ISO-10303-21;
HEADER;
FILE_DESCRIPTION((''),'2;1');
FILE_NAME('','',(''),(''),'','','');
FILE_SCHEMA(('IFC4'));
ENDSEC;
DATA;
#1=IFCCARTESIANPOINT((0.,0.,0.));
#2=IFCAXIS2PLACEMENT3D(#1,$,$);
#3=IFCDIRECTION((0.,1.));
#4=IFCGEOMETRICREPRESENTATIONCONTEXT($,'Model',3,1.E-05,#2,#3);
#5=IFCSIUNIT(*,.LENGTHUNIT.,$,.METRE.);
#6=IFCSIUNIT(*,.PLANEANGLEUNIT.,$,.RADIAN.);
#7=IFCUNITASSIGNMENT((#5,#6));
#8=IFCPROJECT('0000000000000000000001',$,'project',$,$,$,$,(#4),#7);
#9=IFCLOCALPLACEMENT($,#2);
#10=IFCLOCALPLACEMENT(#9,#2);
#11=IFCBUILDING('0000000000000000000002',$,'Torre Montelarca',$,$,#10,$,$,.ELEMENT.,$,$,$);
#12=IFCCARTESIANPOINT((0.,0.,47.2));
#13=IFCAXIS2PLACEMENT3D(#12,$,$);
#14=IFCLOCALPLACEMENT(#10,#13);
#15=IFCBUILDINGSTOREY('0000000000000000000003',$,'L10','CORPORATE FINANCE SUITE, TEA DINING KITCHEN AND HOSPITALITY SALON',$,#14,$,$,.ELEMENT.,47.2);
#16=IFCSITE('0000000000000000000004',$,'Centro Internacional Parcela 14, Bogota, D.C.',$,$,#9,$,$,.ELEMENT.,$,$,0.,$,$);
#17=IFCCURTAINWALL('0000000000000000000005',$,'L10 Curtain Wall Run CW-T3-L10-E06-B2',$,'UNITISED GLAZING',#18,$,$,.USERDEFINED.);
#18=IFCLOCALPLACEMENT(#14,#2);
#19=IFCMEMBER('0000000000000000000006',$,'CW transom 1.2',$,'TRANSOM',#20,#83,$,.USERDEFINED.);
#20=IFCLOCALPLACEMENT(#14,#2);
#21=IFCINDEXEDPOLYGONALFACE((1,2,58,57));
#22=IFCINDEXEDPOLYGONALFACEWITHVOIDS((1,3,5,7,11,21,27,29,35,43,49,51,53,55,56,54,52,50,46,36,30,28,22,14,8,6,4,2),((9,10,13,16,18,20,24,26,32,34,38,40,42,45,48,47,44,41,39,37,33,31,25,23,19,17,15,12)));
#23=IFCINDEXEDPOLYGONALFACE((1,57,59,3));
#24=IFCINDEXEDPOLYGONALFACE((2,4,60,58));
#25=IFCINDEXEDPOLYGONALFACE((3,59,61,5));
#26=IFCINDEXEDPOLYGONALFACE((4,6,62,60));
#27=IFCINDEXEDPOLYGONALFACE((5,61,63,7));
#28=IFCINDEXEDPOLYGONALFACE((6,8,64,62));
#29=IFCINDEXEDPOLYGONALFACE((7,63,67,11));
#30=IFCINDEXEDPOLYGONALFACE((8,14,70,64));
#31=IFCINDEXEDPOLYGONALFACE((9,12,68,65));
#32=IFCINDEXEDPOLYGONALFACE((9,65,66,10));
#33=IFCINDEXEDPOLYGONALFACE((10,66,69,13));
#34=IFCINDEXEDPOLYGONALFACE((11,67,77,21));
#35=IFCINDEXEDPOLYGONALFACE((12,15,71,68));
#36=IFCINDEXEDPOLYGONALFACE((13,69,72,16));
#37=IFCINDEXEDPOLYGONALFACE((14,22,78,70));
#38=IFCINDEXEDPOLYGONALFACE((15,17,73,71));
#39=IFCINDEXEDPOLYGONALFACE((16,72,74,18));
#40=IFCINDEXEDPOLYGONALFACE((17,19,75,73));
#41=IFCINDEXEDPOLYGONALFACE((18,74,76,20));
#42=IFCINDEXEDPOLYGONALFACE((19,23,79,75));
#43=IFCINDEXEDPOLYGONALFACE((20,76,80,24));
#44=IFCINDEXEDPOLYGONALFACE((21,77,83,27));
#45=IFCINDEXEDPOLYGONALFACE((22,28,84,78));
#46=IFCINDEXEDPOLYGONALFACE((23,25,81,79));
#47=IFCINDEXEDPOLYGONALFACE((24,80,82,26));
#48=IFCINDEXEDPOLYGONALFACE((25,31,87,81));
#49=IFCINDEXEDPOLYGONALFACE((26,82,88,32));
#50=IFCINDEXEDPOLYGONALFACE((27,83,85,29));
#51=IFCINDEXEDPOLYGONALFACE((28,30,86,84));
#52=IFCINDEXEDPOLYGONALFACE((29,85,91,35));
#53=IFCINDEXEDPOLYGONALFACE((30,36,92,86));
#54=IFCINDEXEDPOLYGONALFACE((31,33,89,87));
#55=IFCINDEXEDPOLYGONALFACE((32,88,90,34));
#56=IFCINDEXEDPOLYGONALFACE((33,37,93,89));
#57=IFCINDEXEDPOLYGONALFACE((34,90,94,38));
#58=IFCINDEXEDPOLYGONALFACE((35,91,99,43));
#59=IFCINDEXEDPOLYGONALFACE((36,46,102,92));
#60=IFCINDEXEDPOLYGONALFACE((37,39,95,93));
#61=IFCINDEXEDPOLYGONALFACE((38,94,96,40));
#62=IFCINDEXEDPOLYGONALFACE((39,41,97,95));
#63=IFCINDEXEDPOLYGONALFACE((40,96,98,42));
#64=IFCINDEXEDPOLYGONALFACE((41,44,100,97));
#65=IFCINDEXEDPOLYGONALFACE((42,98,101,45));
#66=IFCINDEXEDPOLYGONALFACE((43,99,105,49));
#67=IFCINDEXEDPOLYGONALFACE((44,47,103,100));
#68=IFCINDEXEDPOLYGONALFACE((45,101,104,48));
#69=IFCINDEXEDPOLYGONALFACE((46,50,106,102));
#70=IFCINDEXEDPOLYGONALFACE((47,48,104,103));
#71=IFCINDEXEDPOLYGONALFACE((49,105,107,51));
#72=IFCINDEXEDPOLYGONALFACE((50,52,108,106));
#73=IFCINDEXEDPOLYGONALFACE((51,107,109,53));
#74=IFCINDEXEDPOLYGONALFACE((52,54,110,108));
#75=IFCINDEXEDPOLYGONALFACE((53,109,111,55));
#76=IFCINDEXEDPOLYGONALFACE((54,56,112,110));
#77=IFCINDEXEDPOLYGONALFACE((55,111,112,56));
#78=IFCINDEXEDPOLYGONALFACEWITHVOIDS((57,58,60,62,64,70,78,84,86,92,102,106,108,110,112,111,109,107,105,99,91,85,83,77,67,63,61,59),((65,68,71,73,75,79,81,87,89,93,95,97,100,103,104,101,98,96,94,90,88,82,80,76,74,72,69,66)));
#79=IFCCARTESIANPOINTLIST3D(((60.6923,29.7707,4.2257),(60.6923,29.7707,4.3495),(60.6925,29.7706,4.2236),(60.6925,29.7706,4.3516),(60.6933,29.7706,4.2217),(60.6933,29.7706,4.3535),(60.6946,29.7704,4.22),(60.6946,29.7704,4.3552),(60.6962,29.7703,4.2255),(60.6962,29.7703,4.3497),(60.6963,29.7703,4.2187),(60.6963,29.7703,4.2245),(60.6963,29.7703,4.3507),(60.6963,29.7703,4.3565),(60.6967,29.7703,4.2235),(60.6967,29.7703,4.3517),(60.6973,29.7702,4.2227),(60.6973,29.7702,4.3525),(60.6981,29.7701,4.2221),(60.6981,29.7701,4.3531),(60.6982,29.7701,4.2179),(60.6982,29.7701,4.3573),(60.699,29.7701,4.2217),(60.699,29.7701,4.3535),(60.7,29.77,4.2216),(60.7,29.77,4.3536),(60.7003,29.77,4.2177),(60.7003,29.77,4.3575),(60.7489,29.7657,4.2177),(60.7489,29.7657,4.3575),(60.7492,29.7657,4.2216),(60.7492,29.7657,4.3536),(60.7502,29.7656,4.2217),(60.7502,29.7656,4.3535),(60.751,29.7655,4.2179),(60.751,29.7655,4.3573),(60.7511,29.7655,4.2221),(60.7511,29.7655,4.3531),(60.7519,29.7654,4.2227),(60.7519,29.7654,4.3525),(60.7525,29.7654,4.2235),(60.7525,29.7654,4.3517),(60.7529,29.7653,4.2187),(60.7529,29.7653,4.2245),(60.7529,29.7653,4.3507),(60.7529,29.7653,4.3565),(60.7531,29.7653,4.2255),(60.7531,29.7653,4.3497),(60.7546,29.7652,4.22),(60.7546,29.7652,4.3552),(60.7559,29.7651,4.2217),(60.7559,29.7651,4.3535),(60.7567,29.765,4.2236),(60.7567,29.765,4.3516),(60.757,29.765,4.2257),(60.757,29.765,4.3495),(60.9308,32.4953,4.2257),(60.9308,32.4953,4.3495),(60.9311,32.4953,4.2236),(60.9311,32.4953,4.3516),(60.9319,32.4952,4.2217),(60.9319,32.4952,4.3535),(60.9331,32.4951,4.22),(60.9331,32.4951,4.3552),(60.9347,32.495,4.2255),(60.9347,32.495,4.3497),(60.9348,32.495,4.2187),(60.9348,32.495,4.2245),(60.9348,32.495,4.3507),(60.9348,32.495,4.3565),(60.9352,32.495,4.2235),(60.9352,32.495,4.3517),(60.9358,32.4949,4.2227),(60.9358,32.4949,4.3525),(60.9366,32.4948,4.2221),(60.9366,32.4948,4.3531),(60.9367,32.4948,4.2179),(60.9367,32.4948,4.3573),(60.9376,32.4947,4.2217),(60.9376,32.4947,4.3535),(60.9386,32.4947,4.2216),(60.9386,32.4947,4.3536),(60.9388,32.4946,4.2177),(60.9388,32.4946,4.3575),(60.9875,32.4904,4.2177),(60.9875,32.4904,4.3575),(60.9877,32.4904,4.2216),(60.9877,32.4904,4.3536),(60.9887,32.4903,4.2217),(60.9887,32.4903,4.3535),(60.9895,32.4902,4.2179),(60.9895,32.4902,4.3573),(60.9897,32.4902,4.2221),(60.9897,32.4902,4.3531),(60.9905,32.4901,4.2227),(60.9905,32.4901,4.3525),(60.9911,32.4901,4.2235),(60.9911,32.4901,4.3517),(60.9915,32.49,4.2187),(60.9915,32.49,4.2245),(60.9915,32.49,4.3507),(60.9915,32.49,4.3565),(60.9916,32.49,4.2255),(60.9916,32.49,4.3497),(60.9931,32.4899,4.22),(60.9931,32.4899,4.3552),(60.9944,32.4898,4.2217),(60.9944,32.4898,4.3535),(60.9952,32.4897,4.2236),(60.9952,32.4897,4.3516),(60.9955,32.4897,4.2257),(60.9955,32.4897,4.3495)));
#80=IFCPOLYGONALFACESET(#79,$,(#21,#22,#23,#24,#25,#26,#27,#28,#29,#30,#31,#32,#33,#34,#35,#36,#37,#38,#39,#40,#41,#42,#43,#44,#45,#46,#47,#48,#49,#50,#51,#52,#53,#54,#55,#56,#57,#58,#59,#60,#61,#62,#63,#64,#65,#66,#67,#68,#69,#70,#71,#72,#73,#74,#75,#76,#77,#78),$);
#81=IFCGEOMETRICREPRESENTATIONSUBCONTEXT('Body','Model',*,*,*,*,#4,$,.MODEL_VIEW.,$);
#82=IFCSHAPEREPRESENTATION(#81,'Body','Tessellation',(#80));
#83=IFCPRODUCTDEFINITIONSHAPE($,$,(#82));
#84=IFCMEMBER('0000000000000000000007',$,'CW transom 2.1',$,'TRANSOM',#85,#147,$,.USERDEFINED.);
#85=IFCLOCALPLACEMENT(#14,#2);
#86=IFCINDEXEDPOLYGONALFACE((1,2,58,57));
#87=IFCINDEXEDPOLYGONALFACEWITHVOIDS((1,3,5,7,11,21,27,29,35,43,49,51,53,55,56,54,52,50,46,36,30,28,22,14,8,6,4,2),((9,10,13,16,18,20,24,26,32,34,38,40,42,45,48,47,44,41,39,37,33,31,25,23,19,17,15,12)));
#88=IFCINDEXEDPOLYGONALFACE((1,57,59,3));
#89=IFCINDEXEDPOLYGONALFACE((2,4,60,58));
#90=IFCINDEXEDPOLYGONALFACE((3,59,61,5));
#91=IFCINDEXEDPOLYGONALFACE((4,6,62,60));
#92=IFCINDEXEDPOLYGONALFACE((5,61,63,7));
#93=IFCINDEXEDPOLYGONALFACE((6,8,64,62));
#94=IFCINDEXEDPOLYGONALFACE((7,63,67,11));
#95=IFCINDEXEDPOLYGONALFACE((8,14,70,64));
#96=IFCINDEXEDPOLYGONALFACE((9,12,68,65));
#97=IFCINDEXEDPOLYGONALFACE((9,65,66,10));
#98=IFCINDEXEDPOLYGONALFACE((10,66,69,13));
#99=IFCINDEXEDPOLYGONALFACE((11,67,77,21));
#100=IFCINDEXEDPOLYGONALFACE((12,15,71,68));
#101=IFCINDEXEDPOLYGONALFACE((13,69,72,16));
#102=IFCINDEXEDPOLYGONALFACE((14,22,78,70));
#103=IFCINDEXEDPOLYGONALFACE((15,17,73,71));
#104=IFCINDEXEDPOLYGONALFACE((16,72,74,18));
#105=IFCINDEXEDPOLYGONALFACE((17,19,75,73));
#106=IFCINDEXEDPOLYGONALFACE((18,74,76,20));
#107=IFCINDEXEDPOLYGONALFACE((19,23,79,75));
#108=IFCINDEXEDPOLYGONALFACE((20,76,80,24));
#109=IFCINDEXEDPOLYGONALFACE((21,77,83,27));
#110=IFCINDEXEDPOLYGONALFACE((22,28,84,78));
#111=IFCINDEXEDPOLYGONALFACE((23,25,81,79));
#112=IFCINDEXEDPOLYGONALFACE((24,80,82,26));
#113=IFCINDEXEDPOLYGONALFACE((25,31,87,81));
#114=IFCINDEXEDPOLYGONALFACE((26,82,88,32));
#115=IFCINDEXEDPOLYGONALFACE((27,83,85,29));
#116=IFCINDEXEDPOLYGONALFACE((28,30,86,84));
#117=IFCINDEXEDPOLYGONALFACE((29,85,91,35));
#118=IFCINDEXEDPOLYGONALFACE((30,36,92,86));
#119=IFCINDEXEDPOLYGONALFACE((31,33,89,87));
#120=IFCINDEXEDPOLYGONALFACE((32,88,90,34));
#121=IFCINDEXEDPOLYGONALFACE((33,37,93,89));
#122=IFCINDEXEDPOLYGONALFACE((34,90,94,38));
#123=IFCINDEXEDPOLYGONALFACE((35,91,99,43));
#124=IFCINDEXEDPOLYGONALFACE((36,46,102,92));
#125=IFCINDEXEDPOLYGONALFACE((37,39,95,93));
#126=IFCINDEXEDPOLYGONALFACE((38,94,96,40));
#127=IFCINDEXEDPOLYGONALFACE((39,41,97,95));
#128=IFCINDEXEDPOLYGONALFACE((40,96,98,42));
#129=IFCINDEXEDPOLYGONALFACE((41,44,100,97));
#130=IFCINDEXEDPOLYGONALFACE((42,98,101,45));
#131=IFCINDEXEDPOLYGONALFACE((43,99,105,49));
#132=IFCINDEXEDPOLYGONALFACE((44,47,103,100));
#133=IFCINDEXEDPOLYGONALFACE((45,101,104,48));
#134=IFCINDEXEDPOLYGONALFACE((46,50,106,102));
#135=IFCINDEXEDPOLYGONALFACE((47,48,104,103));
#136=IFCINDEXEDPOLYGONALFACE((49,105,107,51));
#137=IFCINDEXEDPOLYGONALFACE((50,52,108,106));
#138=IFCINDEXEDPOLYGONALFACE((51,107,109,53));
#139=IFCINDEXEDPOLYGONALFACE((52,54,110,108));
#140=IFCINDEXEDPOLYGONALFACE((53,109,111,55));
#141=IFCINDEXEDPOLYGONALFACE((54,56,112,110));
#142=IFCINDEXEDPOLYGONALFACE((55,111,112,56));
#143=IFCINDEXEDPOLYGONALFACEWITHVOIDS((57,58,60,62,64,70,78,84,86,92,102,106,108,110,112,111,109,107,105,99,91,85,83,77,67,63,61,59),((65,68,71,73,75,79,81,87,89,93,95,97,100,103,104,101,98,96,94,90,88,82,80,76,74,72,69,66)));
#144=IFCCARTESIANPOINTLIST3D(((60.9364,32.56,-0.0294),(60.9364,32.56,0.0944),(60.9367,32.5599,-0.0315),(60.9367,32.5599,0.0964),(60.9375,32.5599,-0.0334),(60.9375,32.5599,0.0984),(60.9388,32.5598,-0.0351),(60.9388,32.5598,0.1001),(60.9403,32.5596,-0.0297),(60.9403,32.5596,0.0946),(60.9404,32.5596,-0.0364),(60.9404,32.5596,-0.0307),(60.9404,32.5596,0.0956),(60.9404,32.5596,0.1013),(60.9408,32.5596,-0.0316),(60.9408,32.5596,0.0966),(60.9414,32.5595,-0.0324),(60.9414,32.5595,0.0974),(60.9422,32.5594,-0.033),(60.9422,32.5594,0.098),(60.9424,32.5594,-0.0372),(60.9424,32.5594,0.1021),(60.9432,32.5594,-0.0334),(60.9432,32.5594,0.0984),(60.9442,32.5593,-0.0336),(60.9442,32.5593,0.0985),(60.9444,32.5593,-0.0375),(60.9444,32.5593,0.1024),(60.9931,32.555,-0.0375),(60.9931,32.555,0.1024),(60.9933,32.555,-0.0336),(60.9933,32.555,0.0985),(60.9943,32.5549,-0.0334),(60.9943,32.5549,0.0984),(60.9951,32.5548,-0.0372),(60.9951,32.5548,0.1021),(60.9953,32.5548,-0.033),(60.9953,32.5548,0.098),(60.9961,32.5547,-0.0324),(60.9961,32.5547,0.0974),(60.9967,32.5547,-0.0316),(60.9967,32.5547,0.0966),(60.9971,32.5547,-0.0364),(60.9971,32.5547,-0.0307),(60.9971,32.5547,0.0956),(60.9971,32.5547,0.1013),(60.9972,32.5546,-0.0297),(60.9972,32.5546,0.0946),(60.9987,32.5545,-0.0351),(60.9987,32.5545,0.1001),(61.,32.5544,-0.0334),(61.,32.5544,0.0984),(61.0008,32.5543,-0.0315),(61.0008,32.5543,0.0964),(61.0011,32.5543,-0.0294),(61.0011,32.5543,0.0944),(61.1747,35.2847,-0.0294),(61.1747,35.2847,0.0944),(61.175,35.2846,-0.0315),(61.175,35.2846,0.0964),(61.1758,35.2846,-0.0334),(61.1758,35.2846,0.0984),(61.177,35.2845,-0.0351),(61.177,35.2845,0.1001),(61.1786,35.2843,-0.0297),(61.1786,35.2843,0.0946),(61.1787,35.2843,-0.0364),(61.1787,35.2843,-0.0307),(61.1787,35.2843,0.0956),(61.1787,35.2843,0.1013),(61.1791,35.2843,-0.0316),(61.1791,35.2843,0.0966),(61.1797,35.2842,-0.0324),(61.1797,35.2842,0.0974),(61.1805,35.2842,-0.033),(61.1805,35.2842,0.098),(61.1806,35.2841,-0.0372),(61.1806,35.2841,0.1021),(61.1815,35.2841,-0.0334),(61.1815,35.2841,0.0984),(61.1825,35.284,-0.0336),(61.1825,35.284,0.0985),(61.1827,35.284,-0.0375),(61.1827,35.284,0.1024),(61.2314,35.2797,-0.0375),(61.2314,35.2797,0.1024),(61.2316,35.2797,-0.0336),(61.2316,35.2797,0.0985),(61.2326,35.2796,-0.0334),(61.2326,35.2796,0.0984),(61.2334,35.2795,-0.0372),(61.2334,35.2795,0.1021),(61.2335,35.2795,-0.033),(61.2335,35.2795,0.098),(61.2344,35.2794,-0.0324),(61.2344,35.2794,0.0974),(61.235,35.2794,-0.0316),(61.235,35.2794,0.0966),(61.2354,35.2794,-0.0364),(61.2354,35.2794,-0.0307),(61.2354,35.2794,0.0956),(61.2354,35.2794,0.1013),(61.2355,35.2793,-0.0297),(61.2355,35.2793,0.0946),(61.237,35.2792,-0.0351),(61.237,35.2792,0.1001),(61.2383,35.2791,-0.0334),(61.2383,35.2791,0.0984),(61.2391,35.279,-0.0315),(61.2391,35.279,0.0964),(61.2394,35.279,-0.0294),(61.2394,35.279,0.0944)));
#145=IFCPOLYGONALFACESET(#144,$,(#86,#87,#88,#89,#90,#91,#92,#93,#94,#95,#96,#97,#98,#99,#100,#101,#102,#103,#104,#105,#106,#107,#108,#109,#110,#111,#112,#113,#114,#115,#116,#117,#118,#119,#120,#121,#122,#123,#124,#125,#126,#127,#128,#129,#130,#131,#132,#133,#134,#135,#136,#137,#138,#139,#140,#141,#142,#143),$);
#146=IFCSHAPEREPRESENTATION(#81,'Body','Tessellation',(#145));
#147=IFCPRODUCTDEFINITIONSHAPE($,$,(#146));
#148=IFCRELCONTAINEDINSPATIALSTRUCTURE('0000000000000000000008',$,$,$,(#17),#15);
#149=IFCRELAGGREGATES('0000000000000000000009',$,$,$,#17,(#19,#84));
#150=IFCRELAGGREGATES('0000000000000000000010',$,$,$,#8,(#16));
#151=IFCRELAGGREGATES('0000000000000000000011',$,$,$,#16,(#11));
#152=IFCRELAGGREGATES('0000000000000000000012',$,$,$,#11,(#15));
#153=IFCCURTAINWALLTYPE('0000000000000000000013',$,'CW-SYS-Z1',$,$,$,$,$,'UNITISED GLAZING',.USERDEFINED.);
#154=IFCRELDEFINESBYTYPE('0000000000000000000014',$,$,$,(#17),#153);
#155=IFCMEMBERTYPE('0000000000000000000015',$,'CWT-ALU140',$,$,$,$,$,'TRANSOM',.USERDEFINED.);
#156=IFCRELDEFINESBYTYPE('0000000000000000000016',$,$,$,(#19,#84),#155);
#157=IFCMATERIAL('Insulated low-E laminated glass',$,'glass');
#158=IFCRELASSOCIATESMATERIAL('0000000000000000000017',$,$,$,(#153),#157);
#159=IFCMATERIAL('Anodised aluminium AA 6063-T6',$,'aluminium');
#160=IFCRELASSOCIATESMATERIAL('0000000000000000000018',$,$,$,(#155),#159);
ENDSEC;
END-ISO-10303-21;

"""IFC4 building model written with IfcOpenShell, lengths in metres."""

from ifc_helpers import new_model, si_unit, direction, frame, origin, origin_2d, place, context, subcontext, project, spatial, hollow_rectangle, extrude, source, transform, mapped, material, material_profile, profile_set, type_object, element, aggregate, save


model = new_model("IFC4")

# Units and contexts
model_context = context("Model", 3, precision=1e-05, world=origin(), true_north=direction((0.0, 1.0)))
body_context = subcontext(model_context, "Body", "Model", "MODEL_VIEW")
ifc_project = project(units=[si_unit("LENGTHUNIT", "METRE"), si_unit("PLANEANGLEUNIT", "RADIAN")], contexts=[model_context])

# Site, building, storey
site_placement = place(None, origin())
site = spatial("IfcSite", under=ifc_project, at=site_placement, Name="Centro Internacional Parcela 14, Bogota, D.C.", CompositionType="ELEMENT", RefElevation=0.0)
building_placement = place(site_placement, origin())
building = spatial("IfcBuilding", under=site, at=building_placement, Name="Torre Montelarca", CompositionType="ELEMENT")
storey_placement = place(building_placement, frame((0.0, 0.0, 47.2)))
storey = spatial("IfcBuildingStorey", under=building, at=storey_placement, Name="L10", Description="CORPORATE FINANCE SUITE, TEA DINING KITCHEN AND HOSPITALITY SALON", CompositionType="ELEMENT", Elevation=47.2)

# Curtain wall
ifc_material_1 = material(Name="Insulated low-E laminated glass", Category="glass")
curtain_wall_type = type_object("IfcCurtainWallType", Name="CW-SYS-Z1", ElementType="UNITISED GLAZING", PredefinedType="USERDEFINED", material=ifc_material_1)
curtain_wall_1_placement = place(storey_placement, origin())
curtain_wall_1 = element("IfcCurtainWall", 1, at=curtain_wall_1_placement, inside=storey, type_object=curtain_wall_type, Name="L10 Curtain Wall Run CW-T3-L10-E06-B2", ObjectType="UNITISED GLAZING", PredefinedType="USERDEFINED")
ifc_material_2 = material(Name="Anodised aluminium AA 6063-T6", Category="aluminium")

# Members
ifc_material_profile_1 = material_profile(ifc_material_2, hollow_rectangle(XDim=0.0649, YDim=0.1399, WallThickness=0.0039, InnerFilletRadius=0.0039, OuterFilletRadius=0.0081, at=origin_2d()), Name="ALU65X140X4", Category="aluminium")
ifc_profile_set_1 = profile_set([ifc_material_profile_1], Name="Anodised aluminium AA 6063-T6")
member_type_1 = type_object("IfcMemberType", Name="CWT-ALU140", ElementType="TRANSOM", PredefinedType="USERDEFINED", material=ifc_profile_set_1)
shared_shape_1 = source(origin(), body_context, "Body", "SweptSolid", [
    extrude(hollow_rectangle(XDim=0.0649, YDim=0.1399, WallThickness=0.0039, InnerFilletRadius=0.0039, OuterFilletRadius=0.0081, at=origin_2d()), origin(), (0.0, 0.0, 1.0), 2.7351),
])
member_1_placement = place(storey_placement, frame((60.7246, 29.7678, 4.2876), z_axis=(0.087211, 0.99619, 0.0), x_axis=(-0.99619, 0.087211, 0.0)))
member_1 = element("IfcMember", 2, at=member_1_placement, type_object=member_type_1, Name="CW transom 1.2", ObjectType="TRANSOM", PredefinedType="USERDEFINED", context=body_context, shape_type="MappedRepresentation", body=[
    mapped(shared_shape_1, transform((0.0, 0.0, 0.0), scale=1.0)),
])
member_2_placement = place(storey_placement, frame((60.9688, 32.5571, 0.0325), z_axis=(0.087123, 0.996198, 0.0), x_axis=(-0.996198, 0.087123, 0.0)))
member_2 = element("IfcMember", 3, at=member_2_placement, type_object=member_type_1, Name="CW transom 2.1", ObjectType="TRANSOM", PredefinedType="USERDEFINED", context=body_context, shape_type="MappedRepresentation", body=[
    mapped(shared_shape_1, transform((0.0, 0.0, 0.0), scale=1.0)),
])

aggregate(curtain_wall_1, [member_1, member_2])

save(model, "model.ifc")
